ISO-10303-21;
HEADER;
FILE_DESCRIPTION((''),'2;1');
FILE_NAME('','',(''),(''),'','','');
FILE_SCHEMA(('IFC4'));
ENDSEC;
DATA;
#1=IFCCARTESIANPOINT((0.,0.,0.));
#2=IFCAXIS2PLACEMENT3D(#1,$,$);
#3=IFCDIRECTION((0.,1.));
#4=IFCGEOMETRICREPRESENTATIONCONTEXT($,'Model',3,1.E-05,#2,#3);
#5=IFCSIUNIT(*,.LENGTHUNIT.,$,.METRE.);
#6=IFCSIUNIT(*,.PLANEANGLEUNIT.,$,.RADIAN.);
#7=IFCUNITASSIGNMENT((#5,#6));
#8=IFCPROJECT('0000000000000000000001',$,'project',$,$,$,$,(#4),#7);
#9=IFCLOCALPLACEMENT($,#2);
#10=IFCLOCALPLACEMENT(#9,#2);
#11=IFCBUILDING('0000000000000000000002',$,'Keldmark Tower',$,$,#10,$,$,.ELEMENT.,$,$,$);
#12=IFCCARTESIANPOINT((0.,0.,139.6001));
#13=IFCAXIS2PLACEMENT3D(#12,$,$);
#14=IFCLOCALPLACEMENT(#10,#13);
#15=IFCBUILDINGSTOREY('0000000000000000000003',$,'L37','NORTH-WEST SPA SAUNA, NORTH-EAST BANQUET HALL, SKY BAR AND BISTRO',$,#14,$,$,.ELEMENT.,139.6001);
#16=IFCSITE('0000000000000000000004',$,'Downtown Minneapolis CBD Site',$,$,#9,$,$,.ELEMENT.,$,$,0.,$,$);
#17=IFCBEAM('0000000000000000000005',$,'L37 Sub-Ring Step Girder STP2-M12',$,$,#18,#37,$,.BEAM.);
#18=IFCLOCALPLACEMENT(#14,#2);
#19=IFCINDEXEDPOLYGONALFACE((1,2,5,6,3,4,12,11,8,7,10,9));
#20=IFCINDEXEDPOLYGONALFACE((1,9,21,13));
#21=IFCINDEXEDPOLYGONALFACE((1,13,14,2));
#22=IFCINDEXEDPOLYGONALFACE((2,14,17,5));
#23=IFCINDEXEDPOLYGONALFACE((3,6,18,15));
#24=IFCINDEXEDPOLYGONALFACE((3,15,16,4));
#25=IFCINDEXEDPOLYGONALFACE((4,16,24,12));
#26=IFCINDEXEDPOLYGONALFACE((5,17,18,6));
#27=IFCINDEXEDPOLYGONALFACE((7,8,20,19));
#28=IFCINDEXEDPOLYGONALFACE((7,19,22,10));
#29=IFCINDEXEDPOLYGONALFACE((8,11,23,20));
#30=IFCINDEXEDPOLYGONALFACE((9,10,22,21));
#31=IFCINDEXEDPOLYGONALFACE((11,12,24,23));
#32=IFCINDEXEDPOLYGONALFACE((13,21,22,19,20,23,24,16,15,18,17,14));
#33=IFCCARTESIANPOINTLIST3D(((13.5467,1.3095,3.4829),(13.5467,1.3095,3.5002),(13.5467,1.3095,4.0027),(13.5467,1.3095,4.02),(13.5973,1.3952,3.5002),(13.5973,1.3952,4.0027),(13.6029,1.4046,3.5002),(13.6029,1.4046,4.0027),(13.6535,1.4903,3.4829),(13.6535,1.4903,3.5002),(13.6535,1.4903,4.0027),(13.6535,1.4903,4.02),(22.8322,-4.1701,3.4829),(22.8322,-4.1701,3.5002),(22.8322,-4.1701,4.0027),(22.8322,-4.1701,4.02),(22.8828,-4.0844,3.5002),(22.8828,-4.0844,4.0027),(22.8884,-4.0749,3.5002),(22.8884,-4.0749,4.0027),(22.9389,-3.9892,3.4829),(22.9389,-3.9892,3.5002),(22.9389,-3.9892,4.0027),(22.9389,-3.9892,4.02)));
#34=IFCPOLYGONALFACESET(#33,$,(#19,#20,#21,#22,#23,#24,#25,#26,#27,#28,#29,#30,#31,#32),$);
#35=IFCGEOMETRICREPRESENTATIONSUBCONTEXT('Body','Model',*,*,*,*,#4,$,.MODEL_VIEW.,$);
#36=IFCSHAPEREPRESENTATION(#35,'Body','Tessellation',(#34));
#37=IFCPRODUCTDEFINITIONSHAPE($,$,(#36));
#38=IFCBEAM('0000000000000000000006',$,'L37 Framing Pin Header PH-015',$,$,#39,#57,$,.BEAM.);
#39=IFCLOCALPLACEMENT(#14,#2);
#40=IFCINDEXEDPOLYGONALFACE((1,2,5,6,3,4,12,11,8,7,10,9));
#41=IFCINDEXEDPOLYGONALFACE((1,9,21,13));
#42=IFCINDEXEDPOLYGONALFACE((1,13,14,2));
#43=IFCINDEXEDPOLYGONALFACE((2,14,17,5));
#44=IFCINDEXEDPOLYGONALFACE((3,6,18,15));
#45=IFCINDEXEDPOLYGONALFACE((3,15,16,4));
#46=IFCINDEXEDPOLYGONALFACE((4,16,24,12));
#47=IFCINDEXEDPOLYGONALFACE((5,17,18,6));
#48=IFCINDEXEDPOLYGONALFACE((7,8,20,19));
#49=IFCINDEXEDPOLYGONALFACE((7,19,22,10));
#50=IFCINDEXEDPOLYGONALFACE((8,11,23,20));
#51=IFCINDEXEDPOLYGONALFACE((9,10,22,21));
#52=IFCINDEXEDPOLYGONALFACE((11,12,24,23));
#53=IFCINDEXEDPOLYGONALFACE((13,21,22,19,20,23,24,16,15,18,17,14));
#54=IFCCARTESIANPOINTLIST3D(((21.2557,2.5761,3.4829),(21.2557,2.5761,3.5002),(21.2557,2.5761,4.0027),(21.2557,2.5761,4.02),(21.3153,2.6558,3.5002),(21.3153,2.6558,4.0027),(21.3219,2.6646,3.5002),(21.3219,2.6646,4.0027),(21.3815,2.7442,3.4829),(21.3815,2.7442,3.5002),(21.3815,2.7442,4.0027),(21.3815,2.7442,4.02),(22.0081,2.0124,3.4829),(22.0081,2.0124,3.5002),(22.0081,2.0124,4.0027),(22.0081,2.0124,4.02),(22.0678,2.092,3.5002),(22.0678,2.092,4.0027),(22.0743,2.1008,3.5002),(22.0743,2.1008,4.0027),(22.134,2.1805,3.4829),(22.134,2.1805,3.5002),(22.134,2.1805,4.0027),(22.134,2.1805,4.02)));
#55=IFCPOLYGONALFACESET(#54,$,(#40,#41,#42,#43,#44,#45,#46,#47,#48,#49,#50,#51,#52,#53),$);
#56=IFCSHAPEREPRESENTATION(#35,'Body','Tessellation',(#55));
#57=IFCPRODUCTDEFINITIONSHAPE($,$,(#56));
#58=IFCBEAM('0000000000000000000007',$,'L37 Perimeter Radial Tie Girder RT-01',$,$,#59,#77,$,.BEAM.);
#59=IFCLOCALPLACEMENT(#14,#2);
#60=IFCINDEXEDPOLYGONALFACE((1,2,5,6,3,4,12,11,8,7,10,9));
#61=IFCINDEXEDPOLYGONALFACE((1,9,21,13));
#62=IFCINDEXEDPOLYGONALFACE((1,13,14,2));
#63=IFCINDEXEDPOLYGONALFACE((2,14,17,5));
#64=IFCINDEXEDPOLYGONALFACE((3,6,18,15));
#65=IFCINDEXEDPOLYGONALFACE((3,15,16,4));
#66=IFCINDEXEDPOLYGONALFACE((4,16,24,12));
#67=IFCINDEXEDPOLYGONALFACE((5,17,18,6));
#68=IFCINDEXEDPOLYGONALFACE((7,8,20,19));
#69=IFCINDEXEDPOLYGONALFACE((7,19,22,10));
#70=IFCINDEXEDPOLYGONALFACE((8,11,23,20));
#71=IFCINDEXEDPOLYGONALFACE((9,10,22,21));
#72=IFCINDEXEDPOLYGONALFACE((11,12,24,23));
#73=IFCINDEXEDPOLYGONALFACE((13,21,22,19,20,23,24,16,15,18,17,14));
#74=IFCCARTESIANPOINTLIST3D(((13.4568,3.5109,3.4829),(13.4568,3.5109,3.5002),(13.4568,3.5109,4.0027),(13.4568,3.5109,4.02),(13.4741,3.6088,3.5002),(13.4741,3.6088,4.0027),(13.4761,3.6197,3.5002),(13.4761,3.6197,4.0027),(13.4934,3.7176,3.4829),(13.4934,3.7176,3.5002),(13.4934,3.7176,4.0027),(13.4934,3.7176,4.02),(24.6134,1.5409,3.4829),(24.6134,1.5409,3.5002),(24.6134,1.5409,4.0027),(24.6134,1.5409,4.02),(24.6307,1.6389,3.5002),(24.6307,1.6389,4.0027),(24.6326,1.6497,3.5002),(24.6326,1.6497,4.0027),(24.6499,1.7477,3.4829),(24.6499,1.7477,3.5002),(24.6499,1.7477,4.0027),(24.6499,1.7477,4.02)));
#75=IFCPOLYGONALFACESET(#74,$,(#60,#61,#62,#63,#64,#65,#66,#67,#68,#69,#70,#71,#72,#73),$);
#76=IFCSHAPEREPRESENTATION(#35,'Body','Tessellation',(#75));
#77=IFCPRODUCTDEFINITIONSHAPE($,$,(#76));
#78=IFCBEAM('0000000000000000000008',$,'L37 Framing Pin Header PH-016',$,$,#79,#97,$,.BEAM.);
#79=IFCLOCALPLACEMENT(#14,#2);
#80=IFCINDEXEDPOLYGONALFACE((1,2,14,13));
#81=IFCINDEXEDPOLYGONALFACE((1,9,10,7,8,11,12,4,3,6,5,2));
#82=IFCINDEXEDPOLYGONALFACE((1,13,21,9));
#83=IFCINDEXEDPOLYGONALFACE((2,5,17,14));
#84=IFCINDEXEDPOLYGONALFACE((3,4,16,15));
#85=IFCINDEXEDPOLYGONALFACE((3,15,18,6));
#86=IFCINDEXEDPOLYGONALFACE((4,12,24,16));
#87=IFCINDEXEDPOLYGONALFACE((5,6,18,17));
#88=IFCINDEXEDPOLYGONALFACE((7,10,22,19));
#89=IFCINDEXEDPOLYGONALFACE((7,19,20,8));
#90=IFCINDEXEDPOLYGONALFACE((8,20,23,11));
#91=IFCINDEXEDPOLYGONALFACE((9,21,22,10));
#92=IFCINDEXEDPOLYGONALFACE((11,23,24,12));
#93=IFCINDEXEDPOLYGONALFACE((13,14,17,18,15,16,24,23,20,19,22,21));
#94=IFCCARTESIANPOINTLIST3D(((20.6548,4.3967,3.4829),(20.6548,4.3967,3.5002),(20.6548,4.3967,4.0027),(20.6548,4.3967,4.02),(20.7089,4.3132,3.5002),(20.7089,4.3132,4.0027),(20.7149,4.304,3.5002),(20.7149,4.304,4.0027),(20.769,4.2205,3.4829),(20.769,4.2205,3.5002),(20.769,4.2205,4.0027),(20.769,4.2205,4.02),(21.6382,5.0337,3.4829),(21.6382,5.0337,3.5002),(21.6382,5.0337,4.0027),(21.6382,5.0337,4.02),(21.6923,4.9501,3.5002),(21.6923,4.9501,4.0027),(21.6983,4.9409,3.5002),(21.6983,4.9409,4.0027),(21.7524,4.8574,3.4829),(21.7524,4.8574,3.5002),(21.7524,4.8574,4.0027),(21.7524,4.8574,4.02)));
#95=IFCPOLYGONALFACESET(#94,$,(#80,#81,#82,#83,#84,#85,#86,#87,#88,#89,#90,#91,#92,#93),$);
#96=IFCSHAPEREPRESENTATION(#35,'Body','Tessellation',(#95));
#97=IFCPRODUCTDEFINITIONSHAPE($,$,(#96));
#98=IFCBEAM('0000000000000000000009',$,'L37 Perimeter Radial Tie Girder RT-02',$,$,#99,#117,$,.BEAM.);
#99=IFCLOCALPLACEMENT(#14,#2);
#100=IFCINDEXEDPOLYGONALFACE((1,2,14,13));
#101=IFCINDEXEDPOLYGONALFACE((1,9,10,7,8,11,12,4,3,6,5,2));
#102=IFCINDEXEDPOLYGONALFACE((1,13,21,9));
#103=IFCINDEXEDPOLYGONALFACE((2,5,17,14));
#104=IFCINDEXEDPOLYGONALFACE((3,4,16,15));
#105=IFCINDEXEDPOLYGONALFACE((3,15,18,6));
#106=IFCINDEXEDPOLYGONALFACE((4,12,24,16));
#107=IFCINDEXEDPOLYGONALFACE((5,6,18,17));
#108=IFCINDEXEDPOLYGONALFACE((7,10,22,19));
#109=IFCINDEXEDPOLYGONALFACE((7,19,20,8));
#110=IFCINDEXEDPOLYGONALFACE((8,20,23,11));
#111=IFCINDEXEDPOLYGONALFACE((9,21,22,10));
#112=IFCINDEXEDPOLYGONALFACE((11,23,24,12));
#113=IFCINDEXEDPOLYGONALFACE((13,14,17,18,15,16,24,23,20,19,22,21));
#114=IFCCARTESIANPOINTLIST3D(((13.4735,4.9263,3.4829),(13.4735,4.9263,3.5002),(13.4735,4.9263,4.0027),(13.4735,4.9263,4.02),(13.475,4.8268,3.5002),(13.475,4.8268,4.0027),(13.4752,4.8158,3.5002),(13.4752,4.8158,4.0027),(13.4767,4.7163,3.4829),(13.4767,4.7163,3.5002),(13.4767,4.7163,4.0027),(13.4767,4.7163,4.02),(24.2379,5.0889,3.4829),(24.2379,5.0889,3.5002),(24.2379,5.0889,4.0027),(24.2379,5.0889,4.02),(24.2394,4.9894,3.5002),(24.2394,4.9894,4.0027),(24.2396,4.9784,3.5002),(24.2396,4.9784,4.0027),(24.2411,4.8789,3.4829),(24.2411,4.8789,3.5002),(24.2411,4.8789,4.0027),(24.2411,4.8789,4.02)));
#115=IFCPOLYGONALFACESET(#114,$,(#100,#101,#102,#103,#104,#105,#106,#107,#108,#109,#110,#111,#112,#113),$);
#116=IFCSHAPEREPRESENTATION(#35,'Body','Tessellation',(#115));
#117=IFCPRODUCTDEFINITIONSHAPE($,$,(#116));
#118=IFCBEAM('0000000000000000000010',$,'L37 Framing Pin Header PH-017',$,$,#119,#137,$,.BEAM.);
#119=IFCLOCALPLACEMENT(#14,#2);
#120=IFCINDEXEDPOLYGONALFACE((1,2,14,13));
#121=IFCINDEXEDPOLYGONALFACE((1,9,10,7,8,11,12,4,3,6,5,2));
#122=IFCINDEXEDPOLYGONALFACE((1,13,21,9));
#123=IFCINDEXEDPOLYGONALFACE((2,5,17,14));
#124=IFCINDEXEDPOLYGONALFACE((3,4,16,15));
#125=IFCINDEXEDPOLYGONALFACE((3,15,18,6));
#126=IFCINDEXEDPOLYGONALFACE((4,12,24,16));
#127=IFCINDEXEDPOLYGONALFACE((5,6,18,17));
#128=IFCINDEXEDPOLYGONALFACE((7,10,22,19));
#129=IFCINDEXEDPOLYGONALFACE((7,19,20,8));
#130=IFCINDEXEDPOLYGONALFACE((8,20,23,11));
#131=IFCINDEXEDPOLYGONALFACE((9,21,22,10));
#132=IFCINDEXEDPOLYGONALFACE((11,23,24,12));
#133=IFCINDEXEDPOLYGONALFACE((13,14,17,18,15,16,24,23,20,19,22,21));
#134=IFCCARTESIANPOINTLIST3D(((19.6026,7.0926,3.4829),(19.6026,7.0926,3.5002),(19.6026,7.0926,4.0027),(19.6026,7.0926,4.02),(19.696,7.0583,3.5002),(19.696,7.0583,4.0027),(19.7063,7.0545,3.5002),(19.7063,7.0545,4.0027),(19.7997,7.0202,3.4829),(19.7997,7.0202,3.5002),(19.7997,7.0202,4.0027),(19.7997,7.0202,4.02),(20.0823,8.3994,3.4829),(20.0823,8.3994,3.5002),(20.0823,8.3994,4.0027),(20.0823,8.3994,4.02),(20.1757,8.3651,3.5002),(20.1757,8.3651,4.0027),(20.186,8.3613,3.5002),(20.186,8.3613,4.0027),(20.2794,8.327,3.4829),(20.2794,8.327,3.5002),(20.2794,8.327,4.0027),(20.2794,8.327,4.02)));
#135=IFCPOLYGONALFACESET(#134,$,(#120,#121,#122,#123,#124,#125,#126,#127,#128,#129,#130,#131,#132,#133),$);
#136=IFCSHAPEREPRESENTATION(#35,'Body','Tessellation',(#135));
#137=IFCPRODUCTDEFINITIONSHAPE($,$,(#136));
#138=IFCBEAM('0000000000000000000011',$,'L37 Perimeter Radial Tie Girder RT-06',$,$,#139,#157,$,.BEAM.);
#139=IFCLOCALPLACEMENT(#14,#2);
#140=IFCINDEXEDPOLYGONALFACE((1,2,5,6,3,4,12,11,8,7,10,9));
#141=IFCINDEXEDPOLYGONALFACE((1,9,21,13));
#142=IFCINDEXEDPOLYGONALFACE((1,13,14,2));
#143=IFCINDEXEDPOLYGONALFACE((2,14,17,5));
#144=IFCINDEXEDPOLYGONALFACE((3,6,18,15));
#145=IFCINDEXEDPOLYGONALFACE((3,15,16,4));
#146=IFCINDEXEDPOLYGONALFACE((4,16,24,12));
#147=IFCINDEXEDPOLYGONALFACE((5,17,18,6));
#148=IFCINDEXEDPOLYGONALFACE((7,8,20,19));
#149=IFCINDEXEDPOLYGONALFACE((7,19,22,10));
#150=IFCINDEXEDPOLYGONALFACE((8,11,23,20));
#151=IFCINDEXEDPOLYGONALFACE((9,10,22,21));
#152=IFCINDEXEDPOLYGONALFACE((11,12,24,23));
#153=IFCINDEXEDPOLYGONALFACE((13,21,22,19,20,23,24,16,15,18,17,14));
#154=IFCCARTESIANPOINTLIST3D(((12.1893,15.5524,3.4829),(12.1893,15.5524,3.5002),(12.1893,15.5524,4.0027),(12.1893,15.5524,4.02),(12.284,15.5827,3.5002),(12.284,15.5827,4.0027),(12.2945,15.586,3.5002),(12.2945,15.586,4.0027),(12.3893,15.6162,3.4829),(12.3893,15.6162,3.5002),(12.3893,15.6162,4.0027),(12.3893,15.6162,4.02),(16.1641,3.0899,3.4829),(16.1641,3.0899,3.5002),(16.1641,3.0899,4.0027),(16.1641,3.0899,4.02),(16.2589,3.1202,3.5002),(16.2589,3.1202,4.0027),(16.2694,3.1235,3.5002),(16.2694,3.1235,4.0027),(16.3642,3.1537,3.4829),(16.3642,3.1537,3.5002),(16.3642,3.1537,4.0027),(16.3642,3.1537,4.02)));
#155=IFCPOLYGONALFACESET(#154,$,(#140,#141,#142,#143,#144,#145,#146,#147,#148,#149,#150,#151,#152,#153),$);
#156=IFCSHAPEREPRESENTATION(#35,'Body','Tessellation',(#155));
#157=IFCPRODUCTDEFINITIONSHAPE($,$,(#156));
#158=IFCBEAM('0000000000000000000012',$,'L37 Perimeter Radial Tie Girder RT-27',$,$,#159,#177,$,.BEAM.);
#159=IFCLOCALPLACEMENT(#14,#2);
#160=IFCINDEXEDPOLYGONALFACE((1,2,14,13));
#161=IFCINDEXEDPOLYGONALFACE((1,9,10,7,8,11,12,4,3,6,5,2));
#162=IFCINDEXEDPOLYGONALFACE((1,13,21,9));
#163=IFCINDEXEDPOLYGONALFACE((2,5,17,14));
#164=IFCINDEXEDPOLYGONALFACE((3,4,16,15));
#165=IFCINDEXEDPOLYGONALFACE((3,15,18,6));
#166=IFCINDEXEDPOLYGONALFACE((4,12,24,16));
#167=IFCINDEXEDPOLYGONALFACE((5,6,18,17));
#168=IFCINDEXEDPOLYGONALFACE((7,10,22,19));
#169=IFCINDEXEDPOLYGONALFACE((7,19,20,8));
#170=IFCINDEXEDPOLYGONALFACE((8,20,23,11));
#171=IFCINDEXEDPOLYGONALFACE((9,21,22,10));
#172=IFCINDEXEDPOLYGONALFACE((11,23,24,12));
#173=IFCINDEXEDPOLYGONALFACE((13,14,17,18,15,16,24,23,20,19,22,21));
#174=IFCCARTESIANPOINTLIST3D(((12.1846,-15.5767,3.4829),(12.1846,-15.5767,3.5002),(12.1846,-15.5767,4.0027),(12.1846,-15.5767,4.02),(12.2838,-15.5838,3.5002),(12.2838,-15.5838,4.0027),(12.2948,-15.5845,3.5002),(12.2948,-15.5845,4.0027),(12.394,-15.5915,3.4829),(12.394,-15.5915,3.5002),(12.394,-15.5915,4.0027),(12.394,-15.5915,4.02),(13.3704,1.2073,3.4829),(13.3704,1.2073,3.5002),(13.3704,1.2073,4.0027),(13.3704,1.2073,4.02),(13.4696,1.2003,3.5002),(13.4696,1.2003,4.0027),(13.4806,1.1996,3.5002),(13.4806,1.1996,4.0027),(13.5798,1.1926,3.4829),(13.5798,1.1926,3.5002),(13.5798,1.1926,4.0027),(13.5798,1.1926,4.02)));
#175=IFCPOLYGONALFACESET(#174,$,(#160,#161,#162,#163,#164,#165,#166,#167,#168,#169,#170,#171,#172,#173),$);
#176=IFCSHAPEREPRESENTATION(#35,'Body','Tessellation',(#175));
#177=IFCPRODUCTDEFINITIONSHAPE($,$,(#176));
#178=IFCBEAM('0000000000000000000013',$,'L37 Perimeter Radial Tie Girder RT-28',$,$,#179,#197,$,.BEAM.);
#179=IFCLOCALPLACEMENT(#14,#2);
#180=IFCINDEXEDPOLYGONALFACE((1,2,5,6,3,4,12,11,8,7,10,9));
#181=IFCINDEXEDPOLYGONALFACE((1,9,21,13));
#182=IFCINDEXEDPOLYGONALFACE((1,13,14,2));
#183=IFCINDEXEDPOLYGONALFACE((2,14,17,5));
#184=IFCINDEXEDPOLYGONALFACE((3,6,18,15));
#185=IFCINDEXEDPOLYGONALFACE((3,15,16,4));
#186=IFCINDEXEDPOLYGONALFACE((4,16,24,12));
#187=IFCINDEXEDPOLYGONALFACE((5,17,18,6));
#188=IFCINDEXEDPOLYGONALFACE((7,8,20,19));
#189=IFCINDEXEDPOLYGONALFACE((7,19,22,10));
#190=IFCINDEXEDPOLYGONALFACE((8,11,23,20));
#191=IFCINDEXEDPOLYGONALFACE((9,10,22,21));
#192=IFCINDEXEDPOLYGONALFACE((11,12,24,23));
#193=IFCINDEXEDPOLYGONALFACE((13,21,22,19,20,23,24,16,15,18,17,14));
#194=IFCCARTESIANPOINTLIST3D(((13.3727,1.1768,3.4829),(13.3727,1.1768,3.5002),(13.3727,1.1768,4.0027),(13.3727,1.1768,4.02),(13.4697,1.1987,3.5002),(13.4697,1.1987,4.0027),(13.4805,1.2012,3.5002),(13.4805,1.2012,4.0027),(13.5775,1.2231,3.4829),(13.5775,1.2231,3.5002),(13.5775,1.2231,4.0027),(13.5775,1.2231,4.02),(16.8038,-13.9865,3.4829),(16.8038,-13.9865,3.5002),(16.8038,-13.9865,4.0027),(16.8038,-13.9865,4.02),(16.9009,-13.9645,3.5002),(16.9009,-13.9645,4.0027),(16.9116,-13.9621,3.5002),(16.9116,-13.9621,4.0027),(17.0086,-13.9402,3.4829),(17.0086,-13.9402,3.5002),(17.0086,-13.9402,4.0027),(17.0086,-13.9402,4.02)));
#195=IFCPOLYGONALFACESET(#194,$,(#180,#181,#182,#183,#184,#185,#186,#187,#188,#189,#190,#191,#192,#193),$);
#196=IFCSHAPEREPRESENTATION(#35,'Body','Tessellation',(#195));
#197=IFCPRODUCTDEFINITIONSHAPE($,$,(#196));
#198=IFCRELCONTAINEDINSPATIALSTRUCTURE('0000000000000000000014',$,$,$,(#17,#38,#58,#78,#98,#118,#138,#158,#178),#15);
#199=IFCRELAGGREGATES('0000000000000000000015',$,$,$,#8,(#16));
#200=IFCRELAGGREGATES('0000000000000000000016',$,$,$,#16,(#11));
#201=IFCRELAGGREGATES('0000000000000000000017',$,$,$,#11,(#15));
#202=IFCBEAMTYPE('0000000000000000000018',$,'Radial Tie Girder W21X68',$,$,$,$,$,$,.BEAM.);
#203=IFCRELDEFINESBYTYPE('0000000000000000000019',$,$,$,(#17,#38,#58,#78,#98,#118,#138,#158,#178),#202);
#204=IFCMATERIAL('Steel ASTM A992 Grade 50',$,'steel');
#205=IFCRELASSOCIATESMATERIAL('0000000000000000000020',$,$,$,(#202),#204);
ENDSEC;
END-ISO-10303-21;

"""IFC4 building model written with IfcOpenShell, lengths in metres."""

from ifc_helpers import new_model, si_unit, direction, frame, origin, origin_2d, place, context, subcontext, project, spatial, i_section, extrude, material, material_profile, profile_set, type_object, element, save


model = new_model("IFC4")

# Units and contexts
model_context = context("Model", 3, precision=1e-05, world=origin(), true_north=direction((0.0, 1.0)))
body_context = subcontext(model_context, "Body", "Model", "MODEL_VIEW")
ifc_project = project(units=[si_unit("LENGTHUNIT", "METRE"), si_unit("PLANEANGLEUNIT", "RADIAN")], contexts=[model_context])

# Site, building, storey
site_placement = place(None, origin())
site = spatial("IfcSite", under=ifc_project, at=site_placement, Name="Downtown Minneapolis CBD Site", CompositionType="ELEMENT", RefElevation=0.0)
building_placement = place(site_placement, origin())
building = spatial("IfcBuilding", under=site, at=building_placement, Name="Keldmark Tower", CompositionType="ELEMENT")
storey_placement = place(building_placement, frame((0.0, 0.0, 139.6001)))
storey = spatial("IfcBuildingStorey", under=building, at=storey_placement, Name="L37", Description="NORTH-WEST SPA SAUNA, NORTH-EAST BANQUET HALL, SKY BAR AND BISTRO", CompositionType="ELEMENT", Elevation=139.6001)

# Beams
ifc_material_1 = material(Name="Steel ASTM A992 Grade 50", Category="steel")
ifc_material_profile_1 = material_profile(ifc_material_1, i_section(OverallWidth=0.21, OverallDepth=0.5371, WebThickness=0.011, FlangeThickness=0.0173, at=origin_2d()), Name="W21X68")
ifc_profile_set_1 = profile_set([ifc_material_profile_1], Name="Steel ASTM A992 Grade 50")
beam_type_1 = type_object("IfcBeamType", Name="Radial Tie Girder W21X68", PredefinedType="BEAM", material=ifc_profile_set_1)
beam_1_placement = place(storey_placement, frame((13.6001, 1.3999, 3.7515), z_axis=(0.861224, -0.508225, 0.0), x_axis=(0.508225, 0.861224, 0.0)))
element("IfcBeam", 1, at=beam_1_placement, inside=storey, type_object=beam_type_1, Name="L37 Sub-Ring Step Girder STP2-M12", PredefinedType="BEAM", context=body_context, shape_type="SweptSolid", body=[
    extrude(i_section(OverallWidth=0.21, OverallDepth=0.5371, WebThickness=0.011, FlangeThickness=0.0173, at=origin_2d()), origin(), (0.0, 0.0, 1.0), 10.7817),
])
beam_2_placement = place(storey_placement, frame((21.3186, 2.6602, 3.7515), z_axis=(0.800311, -0.599584, 0.0), x_axis=(0.599584, 0.800311, 0.0)))
element("IfcBeam", 2, at=beam_2_placement, inside=storey, type_object=beam_type_1, Name="L37 Framing Pin Header PH-015", PredefinedType="BEAM", context=body_context, shape_type="SweptSolid", body=[
    extrude(i_section(OverallWidth=0.21, OverallDepth=0.5371, WebThickness=0.011, FlangeThickness=0.0173, at=origin_2d()), origin(), (0.0, 0.0, 1.0), 0.9402),
])
beam_3_placement = place(storey_placement, frame((13.4751, 3.6143, 3.7515), z_axis=(0.984766, -0.173886, 0.0), x_axis=(0.173886, 0.984766, 0.0)))
element("IfcBeam", 3, at=beam_3_placement, inside=storey, type_object=beam_type_1, Name="L37 Perimeter Radial Tie Girder RT-01", PredefinedType="BEAM", context=body_context, shape_type="SweptSolid", body=[
    extrude(i_section(OverallWidth=0.21, OverallDepth=0.5371, WebThickness=0.011, FlangeThickness=0.0173, at=origin_2d()), origin(), (0.0, 0.0, 1.0), 11.3291),
])
beam_4_placement = place(storey_placement, frame((20.7119, 4.3086, 3.7515), z_axis=(0.839318, 0.54364, 0.0), x_axis=(-0.54364, 0.839318, 0.0)))
element("IfcBeam", 4, at=beam_4_placement, inside=storey, type_object=beam_type_1, Name="L37 Framing Pin Header PH-016", PredefinedType="BEAM", context=body_context, shape_type="SweptSolid", body=[
    extrude(i_section(OverallWidth=0.21, OverallDepth=0.5371, WebThickness=0.011, FlangeThickness=0.0173, at=origin_2d()), origin(), (0.0, 0.0, 1.0), 1.1716),
])
beam_5_placement = place(storey_placement, frame((13.4751, 4.8213, 3.7515), z_axis=(0.999886, 0.015103, 0.0), x_axis=(-0.015103, 0.999886, 0.0)))
element("IfcBeam", 5, at=beam_5_placement, inside=storey, type_object=beam_type_1, Name="L37 Perimeter Radial Tie Girder RT-02", PredefinedType="BEAM", context=body_context, shape_type="SweptSolid", body=[
    extrude(i_section(OverallWidth=0.21, OverallDepth=0.5371, WebThickness=0.011, FlangeThickness=0.0173, at=origin_2d()), origin(), (0.0, 0.0, 1.0), 10.7656),
])
beam_6_placement = place(storey_placement, frame((19.7012, 7.0564, 3.7515), z_axis=(0.3446, 0.93875, 0.0), x_axis=(-0.93875, 0.3446, 0.0)))
element("IfcBeam", 6, at=beam_6_placement, inside=storey, type_object=beam_type_1, Name="L37 Framing Pin Header PH-017", PredefinedType="BEAM", context=body_context, shape_type="SweptSolid", body=[
    extrude(i_section(OverallWidth=0.21, OverallDepth=0.5371, WebThickness=0.011, FlangeThickness=0.0173, at=origin_2d()), origin(), (0.0, 0.0, 1.0), 1.3921),
])
beam_7_placement = place(storey_placement, frame((16.2642, 3.1218, 3.7515), z_axis=(-0.303866, 0.952715, 0.0), x_axis=(-0.952715, -0.303866, 0.0)))
element("IfcBeam", 7, at=beam_7_placement, inside=storey, type_object=beam_type_1, Name="L37 Perimeter Radial Tie Girder RT-06", PredefinedType="BEAM", context=body_context, shape_type="SweptSolid", body=[
    extrude(i_section(OverallWidth=0.21, OverallDepth=0.5371, WebThickness=0.011, FlangeThickness=0.0173, at=origin_2d()), origin(), (0.0, 0.0, 1.0), 13.0811),
])
beam_8_placement = place(storey_placement, frame((13.4751, 1.2, 3.7515), z_axis=(-0.070474, -0.997514, 0.0), x_axis=(0.997514, -0.070474, 0.0)))
element("IfcBeam", 8, at=beam_8_placement, inside=storey, type_object=beam_type_1, Name="L37 Perimeter Radial Tie Girder RT-27", PredefinedType="BEAM", context=body_context, shape_type="SweptSolid", body=[
    extrude(i_section(OverallWidth=0.21, OverallDepth=0.5371, WebThickness=0.011, FlangeThickness=0.0173, at=origin_2d()), origin(), (0.0, 0.0, 1.0), 16.8259),
])
beam_9_placement = place(storey_placement, frame((13.4751, 1.2, 3.7515), z_axis=(0.2207, -0.975342, 0.0), x_axis=(0.975342, 0.2207, 0.0)))
element("IfcBeam", 9, at=beam_9_placement, inside=storey, type_object=beam_type_1, Name="L37 Perimeter Radial Tie Girder RT-28", PredefinedType="BEAM", context=body_context, shape_type="SweptSolid", body=[
    extrude(i_section(OverallWidth=0.21, OverallDepth=0.5371, WebThickness=0.011, FlangeThickness=0.0173, at=origin_2d()), origin(), (0.0, 0.0, 1.0), 15.5466),
])

save(model, "model.ifc")
